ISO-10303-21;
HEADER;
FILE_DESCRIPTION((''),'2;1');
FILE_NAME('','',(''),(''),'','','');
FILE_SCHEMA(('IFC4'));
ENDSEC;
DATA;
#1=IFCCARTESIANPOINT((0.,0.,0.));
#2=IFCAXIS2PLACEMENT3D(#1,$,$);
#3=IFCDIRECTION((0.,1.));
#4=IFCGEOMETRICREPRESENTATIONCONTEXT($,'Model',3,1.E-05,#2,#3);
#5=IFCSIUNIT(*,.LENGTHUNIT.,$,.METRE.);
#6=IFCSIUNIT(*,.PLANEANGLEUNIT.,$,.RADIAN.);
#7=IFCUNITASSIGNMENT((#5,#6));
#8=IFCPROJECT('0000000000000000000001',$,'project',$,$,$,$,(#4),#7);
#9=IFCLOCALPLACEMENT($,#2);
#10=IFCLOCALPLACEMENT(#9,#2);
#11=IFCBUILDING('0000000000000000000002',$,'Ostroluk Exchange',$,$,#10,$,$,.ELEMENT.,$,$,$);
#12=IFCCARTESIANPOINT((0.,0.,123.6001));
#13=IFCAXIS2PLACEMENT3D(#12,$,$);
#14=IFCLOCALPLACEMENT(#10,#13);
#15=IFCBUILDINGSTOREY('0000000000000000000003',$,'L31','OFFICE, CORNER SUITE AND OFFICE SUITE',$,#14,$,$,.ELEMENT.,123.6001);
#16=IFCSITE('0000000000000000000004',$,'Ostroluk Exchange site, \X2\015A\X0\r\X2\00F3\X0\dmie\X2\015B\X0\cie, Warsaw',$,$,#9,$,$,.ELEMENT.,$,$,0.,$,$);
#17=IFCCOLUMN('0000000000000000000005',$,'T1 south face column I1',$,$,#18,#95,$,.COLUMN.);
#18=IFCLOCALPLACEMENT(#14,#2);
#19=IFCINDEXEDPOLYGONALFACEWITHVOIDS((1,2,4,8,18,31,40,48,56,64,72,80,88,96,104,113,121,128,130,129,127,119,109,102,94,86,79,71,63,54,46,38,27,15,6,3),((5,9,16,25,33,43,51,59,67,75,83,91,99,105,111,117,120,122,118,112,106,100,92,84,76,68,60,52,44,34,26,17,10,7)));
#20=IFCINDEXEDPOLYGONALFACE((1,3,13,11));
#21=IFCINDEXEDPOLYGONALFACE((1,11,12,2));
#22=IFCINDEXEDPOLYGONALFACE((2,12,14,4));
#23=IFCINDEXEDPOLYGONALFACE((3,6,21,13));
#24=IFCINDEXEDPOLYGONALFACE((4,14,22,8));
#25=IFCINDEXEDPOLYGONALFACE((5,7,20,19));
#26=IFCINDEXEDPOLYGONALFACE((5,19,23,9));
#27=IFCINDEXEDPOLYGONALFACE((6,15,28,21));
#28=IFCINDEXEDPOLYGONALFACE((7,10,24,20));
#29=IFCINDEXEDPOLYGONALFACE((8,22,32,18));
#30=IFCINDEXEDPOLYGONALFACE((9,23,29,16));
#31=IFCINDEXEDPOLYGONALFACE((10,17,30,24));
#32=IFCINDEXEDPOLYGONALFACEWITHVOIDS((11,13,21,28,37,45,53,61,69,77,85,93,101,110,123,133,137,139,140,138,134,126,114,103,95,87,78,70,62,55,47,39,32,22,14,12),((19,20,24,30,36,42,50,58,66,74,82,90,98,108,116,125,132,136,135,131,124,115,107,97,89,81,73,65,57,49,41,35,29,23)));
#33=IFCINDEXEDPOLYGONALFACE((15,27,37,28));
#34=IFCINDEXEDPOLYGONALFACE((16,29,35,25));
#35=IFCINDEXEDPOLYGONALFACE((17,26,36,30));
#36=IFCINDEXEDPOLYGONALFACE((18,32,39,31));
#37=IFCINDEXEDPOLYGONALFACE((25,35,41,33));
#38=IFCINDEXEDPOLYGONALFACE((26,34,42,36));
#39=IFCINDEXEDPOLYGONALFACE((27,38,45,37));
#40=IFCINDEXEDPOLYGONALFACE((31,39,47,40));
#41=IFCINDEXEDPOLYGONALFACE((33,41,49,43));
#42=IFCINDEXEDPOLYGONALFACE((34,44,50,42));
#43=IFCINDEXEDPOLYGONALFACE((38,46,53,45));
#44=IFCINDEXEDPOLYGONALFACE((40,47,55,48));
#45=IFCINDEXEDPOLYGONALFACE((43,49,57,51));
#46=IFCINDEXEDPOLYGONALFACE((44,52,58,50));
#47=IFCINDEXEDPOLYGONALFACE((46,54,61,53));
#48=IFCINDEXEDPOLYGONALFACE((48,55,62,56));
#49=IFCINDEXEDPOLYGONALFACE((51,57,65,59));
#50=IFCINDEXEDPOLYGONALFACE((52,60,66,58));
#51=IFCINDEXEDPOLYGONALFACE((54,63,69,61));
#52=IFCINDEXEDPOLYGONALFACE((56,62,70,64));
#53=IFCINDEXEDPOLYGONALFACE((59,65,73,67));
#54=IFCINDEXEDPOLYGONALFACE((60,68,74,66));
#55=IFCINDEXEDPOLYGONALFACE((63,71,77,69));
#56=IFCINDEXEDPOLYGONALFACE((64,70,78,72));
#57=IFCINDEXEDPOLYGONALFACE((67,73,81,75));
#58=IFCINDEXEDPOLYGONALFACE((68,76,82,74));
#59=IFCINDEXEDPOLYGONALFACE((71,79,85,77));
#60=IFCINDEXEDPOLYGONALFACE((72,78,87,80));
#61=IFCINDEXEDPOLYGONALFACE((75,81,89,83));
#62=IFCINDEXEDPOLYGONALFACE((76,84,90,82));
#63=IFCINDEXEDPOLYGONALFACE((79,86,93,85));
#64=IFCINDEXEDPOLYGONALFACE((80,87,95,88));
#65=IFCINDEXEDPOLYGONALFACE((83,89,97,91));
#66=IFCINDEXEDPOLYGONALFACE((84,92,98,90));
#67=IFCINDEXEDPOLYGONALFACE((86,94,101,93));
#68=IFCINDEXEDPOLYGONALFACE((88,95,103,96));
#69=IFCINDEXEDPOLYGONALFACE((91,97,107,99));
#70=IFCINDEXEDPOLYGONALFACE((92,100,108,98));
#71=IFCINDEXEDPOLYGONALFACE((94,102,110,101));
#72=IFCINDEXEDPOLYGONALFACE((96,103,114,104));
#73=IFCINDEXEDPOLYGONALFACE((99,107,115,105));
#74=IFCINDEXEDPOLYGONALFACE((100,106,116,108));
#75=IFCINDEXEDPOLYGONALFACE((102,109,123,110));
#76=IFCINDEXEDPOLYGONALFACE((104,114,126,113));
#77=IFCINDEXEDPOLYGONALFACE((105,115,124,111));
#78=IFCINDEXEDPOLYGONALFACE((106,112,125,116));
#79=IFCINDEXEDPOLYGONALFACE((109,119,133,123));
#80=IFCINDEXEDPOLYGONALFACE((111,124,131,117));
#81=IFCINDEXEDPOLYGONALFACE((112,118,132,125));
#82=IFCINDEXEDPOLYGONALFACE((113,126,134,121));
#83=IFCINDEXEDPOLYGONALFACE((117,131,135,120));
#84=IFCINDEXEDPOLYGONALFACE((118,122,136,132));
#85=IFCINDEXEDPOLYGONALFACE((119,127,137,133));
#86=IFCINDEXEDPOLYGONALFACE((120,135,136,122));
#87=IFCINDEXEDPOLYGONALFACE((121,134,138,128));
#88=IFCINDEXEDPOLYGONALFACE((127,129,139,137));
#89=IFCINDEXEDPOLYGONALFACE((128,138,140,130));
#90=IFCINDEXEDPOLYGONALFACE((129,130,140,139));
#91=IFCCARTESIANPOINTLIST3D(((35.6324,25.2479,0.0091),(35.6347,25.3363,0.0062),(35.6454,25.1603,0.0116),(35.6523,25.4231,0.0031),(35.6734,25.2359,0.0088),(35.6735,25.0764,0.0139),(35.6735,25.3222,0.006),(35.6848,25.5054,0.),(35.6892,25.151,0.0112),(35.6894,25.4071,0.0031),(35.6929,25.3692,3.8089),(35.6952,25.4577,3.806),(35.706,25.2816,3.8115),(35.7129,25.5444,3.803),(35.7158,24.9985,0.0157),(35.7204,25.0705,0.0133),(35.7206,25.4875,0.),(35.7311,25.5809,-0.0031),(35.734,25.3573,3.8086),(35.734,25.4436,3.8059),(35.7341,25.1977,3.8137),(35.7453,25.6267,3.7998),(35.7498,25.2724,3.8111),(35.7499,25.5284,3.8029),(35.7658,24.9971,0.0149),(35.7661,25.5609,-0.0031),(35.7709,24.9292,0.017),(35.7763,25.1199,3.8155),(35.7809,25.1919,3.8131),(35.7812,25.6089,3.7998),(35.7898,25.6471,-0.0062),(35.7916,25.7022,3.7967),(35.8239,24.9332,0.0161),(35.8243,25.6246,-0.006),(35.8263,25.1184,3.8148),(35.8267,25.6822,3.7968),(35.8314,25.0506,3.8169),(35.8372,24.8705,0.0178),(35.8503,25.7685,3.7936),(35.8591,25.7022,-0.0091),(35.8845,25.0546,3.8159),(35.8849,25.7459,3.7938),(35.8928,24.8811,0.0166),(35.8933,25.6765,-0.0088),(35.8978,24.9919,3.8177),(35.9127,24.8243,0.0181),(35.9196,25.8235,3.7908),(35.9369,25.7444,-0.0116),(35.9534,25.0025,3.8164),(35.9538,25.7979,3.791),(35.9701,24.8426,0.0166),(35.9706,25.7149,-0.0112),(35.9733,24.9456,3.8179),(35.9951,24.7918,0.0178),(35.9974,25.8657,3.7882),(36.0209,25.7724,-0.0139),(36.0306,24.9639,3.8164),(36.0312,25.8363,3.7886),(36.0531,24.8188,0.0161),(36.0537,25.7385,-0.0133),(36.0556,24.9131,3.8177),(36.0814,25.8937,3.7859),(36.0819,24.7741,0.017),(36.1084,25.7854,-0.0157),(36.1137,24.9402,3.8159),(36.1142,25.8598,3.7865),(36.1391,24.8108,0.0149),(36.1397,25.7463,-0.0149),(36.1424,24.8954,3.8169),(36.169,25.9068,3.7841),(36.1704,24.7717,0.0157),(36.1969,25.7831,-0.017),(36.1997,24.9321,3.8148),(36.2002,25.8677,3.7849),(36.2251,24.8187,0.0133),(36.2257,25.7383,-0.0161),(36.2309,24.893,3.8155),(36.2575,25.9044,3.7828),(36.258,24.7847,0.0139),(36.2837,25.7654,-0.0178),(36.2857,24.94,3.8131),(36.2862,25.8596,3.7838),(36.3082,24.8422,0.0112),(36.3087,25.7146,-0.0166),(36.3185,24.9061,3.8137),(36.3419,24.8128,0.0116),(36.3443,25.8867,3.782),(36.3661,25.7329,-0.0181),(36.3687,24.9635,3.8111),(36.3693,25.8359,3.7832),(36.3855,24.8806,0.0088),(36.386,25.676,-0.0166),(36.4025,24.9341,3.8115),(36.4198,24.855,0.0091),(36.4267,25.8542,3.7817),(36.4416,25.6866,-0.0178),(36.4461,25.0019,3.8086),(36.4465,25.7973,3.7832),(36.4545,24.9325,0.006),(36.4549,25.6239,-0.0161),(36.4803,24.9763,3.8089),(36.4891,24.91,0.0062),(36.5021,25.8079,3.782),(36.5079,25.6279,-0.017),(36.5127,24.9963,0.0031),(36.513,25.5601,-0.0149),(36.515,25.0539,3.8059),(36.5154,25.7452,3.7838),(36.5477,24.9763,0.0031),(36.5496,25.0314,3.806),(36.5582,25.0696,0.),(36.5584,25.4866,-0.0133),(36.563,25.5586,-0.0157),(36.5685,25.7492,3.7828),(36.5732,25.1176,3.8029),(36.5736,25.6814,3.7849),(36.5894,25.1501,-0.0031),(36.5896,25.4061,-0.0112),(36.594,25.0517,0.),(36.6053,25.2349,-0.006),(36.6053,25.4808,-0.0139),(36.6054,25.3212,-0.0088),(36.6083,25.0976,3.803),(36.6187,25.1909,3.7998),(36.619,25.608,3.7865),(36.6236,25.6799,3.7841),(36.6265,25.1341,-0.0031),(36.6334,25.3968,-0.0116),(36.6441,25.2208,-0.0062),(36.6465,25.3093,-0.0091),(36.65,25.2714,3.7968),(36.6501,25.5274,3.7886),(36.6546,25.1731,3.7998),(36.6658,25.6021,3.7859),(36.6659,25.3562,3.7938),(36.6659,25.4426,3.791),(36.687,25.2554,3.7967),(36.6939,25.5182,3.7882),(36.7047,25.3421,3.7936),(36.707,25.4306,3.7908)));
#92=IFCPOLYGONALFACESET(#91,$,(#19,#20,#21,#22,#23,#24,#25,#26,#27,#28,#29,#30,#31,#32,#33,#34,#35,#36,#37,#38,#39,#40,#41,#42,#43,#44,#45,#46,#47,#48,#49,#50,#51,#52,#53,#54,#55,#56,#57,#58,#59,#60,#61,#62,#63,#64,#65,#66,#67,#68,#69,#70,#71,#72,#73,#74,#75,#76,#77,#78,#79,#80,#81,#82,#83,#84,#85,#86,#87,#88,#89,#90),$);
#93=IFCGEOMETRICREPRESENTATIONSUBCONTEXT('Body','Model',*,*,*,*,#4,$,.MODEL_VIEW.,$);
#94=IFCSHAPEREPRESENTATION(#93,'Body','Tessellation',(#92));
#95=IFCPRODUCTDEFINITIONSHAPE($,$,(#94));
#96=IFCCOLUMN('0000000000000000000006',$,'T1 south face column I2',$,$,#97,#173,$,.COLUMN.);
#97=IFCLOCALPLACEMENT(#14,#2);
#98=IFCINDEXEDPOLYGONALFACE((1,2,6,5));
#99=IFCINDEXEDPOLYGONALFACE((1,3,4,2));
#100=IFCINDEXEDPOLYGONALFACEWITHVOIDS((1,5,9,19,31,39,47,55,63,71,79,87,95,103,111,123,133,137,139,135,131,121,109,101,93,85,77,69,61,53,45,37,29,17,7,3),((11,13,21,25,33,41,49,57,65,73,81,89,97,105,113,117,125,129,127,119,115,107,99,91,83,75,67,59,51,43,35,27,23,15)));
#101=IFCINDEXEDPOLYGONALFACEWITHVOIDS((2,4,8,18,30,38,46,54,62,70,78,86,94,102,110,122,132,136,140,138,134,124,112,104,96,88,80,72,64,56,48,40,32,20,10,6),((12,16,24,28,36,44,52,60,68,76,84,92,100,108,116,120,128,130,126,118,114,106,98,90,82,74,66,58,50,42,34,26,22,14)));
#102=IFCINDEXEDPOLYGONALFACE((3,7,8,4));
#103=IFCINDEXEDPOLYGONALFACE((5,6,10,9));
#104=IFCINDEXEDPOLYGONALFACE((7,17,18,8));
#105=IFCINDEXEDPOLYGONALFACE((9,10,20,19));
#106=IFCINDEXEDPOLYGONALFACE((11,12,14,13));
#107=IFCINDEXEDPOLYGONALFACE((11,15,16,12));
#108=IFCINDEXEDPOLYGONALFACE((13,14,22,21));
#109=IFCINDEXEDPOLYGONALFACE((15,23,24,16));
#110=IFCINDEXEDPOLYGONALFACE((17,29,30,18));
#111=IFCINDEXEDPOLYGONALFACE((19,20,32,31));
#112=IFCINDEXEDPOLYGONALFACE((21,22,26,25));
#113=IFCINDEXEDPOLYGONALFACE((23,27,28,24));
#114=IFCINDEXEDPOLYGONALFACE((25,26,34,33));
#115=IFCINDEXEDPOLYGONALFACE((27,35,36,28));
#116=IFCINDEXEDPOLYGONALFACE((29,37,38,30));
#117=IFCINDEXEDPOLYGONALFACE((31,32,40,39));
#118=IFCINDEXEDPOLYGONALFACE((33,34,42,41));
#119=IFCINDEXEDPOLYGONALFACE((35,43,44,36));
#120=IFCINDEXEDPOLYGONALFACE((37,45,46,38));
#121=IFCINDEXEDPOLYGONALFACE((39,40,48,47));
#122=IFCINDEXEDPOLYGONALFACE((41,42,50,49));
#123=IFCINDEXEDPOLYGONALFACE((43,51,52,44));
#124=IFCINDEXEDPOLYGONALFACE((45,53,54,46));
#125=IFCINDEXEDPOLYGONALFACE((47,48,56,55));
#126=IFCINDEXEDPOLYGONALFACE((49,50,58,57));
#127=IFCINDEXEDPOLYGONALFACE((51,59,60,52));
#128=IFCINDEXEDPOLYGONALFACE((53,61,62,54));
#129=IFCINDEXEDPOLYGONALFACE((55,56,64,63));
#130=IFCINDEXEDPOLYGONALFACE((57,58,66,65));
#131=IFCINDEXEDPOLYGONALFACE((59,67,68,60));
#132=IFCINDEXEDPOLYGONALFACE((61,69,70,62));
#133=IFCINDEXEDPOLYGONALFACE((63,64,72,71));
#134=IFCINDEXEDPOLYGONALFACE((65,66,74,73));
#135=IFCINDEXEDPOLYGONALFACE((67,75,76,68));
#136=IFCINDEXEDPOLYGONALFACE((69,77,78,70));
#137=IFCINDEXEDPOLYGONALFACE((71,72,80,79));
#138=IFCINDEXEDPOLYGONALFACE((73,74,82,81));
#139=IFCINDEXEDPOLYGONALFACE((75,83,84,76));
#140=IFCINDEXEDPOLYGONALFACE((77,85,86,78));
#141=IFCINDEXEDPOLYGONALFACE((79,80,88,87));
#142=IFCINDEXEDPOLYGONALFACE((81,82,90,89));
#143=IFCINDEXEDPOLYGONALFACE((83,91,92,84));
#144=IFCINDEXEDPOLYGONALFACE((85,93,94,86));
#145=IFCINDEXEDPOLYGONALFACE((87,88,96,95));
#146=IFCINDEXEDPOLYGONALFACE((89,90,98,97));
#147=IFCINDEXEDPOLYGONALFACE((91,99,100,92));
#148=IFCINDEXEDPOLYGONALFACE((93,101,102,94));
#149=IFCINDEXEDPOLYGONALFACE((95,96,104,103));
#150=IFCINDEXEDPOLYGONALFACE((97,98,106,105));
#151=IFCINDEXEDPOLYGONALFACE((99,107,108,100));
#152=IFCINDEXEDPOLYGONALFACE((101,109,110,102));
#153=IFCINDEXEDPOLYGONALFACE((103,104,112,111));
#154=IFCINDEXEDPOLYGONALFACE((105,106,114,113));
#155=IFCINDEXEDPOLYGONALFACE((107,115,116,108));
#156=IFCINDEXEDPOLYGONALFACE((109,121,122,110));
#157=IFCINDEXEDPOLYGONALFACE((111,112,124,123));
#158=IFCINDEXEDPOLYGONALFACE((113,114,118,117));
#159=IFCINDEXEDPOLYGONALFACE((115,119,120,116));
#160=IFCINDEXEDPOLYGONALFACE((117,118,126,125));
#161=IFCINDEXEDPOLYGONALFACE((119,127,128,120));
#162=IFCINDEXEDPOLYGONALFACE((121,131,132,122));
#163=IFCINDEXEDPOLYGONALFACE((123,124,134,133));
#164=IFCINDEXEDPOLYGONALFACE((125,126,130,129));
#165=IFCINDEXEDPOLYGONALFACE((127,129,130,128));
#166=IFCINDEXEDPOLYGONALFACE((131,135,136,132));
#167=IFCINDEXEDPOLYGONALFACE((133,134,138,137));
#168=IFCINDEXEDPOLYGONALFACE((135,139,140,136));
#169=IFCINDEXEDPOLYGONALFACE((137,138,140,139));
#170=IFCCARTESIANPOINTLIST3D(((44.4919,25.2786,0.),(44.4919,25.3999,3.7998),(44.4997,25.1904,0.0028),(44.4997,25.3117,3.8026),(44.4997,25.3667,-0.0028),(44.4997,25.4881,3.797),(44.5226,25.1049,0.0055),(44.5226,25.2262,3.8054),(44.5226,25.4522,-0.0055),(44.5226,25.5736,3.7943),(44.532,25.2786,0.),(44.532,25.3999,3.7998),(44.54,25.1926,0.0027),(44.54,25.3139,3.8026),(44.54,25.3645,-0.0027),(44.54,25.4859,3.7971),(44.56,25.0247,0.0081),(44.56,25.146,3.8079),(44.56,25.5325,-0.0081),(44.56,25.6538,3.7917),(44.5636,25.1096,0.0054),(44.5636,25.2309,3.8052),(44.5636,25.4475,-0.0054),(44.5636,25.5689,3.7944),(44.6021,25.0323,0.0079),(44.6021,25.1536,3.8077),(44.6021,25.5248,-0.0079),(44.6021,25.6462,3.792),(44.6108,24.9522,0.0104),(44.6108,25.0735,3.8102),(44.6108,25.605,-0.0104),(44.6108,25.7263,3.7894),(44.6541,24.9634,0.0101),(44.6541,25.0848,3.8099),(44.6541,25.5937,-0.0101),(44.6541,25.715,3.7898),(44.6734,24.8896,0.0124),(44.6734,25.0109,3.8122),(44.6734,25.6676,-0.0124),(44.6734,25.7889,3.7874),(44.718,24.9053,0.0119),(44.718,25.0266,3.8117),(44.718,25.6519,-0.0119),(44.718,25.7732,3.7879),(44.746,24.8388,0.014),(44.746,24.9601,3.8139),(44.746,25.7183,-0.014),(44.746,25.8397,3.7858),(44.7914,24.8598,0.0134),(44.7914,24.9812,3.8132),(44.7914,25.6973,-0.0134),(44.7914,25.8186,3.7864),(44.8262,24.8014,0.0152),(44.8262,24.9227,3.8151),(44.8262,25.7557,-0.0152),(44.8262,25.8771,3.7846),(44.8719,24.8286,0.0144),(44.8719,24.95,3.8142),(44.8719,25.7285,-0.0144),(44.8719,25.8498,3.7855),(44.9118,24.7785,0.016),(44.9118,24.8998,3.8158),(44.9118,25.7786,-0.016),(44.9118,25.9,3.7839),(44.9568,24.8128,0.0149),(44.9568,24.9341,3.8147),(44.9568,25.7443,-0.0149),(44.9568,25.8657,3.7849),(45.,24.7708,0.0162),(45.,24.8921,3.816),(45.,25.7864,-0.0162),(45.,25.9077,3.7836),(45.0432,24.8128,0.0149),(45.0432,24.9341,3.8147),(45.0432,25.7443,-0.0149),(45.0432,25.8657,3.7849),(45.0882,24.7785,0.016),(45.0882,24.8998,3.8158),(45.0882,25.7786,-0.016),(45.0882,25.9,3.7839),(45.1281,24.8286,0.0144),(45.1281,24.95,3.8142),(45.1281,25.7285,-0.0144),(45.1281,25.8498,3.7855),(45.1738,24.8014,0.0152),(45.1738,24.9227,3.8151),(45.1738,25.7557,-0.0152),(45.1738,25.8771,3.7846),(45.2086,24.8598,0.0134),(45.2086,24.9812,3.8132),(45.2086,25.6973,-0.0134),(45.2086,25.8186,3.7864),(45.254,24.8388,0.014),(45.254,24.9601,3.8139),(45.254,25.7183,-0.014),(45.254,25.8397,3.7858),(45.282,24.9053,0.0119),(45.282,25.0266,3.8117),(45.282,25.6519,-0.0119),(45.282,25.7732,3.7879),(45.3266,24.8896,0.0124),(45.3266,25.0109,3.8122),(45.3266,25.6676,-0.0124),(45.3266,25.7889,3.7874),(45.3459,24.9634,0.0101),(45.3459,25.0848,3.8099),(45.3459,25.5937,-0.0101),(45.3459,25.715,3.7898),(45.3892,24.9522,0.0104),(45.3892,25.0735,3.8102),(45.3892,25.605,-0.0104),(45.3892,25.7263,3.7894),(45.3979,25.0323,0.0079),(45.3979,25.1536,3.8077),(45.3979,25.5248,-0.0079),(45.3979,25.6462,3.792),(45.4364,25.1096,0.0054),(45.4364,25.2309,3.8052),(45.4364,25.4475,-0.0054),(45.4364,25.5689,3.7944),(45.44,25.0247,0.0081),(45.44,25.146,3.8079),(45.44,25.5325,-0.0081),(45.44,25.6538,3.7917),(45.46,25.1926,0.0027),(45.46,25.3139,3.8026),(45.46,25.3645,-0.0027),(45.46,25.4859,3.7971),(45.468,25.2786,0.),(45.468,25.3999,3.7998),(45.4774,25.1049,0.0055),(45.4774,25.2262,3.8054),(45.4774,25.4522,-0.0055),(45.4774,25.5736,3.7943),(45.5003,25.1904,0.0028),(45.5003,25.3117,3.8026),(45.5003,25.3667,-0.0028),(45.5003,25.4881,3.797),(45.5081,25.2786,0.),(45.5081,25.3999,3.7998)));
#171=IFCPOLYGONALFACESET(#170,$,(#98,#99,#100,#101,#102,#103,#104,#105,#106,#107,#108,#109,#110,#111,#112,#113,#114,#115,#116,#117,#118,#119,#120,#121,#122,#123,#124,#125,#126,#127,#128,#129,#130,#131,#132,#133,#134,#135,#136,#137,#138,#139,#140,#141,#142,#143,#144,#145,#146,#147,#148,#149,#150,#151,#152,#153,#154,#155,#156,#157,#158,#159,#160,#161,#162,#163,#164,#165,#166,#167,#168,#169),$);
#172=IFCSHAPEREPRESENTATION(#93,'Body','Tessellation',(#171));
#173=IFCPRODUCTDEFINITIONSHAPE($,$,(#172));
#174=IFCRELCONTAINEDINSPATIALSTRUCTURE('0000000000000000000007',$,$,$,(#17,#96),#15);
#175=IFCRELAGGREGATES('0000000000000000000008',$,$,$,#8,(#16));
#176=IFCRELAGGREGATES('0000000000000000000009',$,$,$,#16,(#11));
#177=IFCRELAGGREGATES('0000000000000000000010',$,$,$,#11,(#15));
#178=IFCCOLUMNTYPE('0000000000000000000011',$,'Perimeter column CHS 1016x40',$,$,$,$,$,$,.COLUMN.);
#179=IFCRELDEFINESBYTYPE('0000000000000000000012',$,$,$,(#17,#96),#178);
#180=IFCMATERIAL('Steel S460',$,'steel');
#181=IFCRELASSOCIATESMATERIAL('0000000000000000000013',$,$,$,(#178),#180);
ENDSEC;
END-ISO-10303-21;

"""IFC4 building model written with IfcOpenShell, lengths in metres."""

from ifc_helpers import new_model, si_unit, direction, frame, origin, origin_2d, place, context, subcontext, project, spatial, hollow_circle, extrude, material, material_profile, profile_set, type_object, element, save


model = new_model("IFC4")

# Units and contexts
model_context = context("Model", 3, precision=1e-05, world=origin(), true_north=direction((0.0, 1.0)))
body_context = subcontext(model_context, "Body", "Model", "MODEL_VIEW")
ifc_project = project(units=[si_unit("LENGTHUNIT", "METRE"), si_unit("PLANEANGLEUNIT", "RADIAN")], contexts=[model_context])

# Site, building, storey
site_placement = place(None, origin())
site = spatial("IfcSite", under=ifc_project, at=site_placement, Name="Ostroluk Exchange site, Śródmieście, Warsaw", CompositionType="ELEMENT", RefElevation=0.0)
building_placement = place(site_placement, origin())
building = spatial("IfcBuilding", under=site, at=building_placement, Name="Ostroluk Exchange", CompositionType="ELEMENT")
storey_placement = place(building_placement, frame((0.0, 0.0, 123.6001)))
storey = spatial("IfcBuildingStorey", under=building, at=storey_placement, Name="L31", Description="OFFICE, CORNER SUITE AND OFFICE SUITE", CompositionType="ELEMENT", Elevation=123.6001)

# Columns
ifc_material_1 = material(Name="Steel S460", Category="steel")
ifc_material_profile_1 = material_profile(ifc_material_1, hollow_circle(Radius=0.5081, WallThickness=0.04, at=origin_2d()), Name="CHS 1016x40")
ifc_profile_set_1 = profile_set([ifc_material_profile_1], Name="Steel S460")
column_type = type_object("IfcColumnType", Name="Perimeter column CHS 1016x40", PredefinedType="COLUMN", material=ifc_profile_set_1)
column_1_placement = place(storey_placement, frame((36.1394, 25.2786, 0.0), z_axis=(0.015924, 0.031912, 0.999364), x_axis=(-0.894787, 0.446493, 0.0)))
element("IfcColumn", 1, at=column_1_placement, inside=storey, type_object=column_type, Name="T1 south face column I1", PredefinedType="COLUMN", context=body_context, shape_type="SweptSolid", body=[
    extrude(hollow_circle(Radius=0.5081, WallThickness=0.04, at=origin_2d()), origin(), (0.0, 0.0, 1.0), 3.8022),
])
column_2_placement = place(storey_placement, frame((45.0, 25.2786, 0.0), z_axis=(0.0, 0.031916, 0.999491), x_axis=(-1.0, 0.0, 0.0)))
element("IfcColumn", 2, at=column_2_placement, inside=storey, type_object=column_type, Name="T1 south face column I2", PredefinedType="COLUMN", context=body_context, shape_type="SweptSolid", body=[
    extrude(hollow_circle(Radius=0.5081, WallThickness=0.04, at=origin_2d()), origin(), (0.0, 0.0, 1.0), 3.8018),
])

save(model, "model.ifc")
